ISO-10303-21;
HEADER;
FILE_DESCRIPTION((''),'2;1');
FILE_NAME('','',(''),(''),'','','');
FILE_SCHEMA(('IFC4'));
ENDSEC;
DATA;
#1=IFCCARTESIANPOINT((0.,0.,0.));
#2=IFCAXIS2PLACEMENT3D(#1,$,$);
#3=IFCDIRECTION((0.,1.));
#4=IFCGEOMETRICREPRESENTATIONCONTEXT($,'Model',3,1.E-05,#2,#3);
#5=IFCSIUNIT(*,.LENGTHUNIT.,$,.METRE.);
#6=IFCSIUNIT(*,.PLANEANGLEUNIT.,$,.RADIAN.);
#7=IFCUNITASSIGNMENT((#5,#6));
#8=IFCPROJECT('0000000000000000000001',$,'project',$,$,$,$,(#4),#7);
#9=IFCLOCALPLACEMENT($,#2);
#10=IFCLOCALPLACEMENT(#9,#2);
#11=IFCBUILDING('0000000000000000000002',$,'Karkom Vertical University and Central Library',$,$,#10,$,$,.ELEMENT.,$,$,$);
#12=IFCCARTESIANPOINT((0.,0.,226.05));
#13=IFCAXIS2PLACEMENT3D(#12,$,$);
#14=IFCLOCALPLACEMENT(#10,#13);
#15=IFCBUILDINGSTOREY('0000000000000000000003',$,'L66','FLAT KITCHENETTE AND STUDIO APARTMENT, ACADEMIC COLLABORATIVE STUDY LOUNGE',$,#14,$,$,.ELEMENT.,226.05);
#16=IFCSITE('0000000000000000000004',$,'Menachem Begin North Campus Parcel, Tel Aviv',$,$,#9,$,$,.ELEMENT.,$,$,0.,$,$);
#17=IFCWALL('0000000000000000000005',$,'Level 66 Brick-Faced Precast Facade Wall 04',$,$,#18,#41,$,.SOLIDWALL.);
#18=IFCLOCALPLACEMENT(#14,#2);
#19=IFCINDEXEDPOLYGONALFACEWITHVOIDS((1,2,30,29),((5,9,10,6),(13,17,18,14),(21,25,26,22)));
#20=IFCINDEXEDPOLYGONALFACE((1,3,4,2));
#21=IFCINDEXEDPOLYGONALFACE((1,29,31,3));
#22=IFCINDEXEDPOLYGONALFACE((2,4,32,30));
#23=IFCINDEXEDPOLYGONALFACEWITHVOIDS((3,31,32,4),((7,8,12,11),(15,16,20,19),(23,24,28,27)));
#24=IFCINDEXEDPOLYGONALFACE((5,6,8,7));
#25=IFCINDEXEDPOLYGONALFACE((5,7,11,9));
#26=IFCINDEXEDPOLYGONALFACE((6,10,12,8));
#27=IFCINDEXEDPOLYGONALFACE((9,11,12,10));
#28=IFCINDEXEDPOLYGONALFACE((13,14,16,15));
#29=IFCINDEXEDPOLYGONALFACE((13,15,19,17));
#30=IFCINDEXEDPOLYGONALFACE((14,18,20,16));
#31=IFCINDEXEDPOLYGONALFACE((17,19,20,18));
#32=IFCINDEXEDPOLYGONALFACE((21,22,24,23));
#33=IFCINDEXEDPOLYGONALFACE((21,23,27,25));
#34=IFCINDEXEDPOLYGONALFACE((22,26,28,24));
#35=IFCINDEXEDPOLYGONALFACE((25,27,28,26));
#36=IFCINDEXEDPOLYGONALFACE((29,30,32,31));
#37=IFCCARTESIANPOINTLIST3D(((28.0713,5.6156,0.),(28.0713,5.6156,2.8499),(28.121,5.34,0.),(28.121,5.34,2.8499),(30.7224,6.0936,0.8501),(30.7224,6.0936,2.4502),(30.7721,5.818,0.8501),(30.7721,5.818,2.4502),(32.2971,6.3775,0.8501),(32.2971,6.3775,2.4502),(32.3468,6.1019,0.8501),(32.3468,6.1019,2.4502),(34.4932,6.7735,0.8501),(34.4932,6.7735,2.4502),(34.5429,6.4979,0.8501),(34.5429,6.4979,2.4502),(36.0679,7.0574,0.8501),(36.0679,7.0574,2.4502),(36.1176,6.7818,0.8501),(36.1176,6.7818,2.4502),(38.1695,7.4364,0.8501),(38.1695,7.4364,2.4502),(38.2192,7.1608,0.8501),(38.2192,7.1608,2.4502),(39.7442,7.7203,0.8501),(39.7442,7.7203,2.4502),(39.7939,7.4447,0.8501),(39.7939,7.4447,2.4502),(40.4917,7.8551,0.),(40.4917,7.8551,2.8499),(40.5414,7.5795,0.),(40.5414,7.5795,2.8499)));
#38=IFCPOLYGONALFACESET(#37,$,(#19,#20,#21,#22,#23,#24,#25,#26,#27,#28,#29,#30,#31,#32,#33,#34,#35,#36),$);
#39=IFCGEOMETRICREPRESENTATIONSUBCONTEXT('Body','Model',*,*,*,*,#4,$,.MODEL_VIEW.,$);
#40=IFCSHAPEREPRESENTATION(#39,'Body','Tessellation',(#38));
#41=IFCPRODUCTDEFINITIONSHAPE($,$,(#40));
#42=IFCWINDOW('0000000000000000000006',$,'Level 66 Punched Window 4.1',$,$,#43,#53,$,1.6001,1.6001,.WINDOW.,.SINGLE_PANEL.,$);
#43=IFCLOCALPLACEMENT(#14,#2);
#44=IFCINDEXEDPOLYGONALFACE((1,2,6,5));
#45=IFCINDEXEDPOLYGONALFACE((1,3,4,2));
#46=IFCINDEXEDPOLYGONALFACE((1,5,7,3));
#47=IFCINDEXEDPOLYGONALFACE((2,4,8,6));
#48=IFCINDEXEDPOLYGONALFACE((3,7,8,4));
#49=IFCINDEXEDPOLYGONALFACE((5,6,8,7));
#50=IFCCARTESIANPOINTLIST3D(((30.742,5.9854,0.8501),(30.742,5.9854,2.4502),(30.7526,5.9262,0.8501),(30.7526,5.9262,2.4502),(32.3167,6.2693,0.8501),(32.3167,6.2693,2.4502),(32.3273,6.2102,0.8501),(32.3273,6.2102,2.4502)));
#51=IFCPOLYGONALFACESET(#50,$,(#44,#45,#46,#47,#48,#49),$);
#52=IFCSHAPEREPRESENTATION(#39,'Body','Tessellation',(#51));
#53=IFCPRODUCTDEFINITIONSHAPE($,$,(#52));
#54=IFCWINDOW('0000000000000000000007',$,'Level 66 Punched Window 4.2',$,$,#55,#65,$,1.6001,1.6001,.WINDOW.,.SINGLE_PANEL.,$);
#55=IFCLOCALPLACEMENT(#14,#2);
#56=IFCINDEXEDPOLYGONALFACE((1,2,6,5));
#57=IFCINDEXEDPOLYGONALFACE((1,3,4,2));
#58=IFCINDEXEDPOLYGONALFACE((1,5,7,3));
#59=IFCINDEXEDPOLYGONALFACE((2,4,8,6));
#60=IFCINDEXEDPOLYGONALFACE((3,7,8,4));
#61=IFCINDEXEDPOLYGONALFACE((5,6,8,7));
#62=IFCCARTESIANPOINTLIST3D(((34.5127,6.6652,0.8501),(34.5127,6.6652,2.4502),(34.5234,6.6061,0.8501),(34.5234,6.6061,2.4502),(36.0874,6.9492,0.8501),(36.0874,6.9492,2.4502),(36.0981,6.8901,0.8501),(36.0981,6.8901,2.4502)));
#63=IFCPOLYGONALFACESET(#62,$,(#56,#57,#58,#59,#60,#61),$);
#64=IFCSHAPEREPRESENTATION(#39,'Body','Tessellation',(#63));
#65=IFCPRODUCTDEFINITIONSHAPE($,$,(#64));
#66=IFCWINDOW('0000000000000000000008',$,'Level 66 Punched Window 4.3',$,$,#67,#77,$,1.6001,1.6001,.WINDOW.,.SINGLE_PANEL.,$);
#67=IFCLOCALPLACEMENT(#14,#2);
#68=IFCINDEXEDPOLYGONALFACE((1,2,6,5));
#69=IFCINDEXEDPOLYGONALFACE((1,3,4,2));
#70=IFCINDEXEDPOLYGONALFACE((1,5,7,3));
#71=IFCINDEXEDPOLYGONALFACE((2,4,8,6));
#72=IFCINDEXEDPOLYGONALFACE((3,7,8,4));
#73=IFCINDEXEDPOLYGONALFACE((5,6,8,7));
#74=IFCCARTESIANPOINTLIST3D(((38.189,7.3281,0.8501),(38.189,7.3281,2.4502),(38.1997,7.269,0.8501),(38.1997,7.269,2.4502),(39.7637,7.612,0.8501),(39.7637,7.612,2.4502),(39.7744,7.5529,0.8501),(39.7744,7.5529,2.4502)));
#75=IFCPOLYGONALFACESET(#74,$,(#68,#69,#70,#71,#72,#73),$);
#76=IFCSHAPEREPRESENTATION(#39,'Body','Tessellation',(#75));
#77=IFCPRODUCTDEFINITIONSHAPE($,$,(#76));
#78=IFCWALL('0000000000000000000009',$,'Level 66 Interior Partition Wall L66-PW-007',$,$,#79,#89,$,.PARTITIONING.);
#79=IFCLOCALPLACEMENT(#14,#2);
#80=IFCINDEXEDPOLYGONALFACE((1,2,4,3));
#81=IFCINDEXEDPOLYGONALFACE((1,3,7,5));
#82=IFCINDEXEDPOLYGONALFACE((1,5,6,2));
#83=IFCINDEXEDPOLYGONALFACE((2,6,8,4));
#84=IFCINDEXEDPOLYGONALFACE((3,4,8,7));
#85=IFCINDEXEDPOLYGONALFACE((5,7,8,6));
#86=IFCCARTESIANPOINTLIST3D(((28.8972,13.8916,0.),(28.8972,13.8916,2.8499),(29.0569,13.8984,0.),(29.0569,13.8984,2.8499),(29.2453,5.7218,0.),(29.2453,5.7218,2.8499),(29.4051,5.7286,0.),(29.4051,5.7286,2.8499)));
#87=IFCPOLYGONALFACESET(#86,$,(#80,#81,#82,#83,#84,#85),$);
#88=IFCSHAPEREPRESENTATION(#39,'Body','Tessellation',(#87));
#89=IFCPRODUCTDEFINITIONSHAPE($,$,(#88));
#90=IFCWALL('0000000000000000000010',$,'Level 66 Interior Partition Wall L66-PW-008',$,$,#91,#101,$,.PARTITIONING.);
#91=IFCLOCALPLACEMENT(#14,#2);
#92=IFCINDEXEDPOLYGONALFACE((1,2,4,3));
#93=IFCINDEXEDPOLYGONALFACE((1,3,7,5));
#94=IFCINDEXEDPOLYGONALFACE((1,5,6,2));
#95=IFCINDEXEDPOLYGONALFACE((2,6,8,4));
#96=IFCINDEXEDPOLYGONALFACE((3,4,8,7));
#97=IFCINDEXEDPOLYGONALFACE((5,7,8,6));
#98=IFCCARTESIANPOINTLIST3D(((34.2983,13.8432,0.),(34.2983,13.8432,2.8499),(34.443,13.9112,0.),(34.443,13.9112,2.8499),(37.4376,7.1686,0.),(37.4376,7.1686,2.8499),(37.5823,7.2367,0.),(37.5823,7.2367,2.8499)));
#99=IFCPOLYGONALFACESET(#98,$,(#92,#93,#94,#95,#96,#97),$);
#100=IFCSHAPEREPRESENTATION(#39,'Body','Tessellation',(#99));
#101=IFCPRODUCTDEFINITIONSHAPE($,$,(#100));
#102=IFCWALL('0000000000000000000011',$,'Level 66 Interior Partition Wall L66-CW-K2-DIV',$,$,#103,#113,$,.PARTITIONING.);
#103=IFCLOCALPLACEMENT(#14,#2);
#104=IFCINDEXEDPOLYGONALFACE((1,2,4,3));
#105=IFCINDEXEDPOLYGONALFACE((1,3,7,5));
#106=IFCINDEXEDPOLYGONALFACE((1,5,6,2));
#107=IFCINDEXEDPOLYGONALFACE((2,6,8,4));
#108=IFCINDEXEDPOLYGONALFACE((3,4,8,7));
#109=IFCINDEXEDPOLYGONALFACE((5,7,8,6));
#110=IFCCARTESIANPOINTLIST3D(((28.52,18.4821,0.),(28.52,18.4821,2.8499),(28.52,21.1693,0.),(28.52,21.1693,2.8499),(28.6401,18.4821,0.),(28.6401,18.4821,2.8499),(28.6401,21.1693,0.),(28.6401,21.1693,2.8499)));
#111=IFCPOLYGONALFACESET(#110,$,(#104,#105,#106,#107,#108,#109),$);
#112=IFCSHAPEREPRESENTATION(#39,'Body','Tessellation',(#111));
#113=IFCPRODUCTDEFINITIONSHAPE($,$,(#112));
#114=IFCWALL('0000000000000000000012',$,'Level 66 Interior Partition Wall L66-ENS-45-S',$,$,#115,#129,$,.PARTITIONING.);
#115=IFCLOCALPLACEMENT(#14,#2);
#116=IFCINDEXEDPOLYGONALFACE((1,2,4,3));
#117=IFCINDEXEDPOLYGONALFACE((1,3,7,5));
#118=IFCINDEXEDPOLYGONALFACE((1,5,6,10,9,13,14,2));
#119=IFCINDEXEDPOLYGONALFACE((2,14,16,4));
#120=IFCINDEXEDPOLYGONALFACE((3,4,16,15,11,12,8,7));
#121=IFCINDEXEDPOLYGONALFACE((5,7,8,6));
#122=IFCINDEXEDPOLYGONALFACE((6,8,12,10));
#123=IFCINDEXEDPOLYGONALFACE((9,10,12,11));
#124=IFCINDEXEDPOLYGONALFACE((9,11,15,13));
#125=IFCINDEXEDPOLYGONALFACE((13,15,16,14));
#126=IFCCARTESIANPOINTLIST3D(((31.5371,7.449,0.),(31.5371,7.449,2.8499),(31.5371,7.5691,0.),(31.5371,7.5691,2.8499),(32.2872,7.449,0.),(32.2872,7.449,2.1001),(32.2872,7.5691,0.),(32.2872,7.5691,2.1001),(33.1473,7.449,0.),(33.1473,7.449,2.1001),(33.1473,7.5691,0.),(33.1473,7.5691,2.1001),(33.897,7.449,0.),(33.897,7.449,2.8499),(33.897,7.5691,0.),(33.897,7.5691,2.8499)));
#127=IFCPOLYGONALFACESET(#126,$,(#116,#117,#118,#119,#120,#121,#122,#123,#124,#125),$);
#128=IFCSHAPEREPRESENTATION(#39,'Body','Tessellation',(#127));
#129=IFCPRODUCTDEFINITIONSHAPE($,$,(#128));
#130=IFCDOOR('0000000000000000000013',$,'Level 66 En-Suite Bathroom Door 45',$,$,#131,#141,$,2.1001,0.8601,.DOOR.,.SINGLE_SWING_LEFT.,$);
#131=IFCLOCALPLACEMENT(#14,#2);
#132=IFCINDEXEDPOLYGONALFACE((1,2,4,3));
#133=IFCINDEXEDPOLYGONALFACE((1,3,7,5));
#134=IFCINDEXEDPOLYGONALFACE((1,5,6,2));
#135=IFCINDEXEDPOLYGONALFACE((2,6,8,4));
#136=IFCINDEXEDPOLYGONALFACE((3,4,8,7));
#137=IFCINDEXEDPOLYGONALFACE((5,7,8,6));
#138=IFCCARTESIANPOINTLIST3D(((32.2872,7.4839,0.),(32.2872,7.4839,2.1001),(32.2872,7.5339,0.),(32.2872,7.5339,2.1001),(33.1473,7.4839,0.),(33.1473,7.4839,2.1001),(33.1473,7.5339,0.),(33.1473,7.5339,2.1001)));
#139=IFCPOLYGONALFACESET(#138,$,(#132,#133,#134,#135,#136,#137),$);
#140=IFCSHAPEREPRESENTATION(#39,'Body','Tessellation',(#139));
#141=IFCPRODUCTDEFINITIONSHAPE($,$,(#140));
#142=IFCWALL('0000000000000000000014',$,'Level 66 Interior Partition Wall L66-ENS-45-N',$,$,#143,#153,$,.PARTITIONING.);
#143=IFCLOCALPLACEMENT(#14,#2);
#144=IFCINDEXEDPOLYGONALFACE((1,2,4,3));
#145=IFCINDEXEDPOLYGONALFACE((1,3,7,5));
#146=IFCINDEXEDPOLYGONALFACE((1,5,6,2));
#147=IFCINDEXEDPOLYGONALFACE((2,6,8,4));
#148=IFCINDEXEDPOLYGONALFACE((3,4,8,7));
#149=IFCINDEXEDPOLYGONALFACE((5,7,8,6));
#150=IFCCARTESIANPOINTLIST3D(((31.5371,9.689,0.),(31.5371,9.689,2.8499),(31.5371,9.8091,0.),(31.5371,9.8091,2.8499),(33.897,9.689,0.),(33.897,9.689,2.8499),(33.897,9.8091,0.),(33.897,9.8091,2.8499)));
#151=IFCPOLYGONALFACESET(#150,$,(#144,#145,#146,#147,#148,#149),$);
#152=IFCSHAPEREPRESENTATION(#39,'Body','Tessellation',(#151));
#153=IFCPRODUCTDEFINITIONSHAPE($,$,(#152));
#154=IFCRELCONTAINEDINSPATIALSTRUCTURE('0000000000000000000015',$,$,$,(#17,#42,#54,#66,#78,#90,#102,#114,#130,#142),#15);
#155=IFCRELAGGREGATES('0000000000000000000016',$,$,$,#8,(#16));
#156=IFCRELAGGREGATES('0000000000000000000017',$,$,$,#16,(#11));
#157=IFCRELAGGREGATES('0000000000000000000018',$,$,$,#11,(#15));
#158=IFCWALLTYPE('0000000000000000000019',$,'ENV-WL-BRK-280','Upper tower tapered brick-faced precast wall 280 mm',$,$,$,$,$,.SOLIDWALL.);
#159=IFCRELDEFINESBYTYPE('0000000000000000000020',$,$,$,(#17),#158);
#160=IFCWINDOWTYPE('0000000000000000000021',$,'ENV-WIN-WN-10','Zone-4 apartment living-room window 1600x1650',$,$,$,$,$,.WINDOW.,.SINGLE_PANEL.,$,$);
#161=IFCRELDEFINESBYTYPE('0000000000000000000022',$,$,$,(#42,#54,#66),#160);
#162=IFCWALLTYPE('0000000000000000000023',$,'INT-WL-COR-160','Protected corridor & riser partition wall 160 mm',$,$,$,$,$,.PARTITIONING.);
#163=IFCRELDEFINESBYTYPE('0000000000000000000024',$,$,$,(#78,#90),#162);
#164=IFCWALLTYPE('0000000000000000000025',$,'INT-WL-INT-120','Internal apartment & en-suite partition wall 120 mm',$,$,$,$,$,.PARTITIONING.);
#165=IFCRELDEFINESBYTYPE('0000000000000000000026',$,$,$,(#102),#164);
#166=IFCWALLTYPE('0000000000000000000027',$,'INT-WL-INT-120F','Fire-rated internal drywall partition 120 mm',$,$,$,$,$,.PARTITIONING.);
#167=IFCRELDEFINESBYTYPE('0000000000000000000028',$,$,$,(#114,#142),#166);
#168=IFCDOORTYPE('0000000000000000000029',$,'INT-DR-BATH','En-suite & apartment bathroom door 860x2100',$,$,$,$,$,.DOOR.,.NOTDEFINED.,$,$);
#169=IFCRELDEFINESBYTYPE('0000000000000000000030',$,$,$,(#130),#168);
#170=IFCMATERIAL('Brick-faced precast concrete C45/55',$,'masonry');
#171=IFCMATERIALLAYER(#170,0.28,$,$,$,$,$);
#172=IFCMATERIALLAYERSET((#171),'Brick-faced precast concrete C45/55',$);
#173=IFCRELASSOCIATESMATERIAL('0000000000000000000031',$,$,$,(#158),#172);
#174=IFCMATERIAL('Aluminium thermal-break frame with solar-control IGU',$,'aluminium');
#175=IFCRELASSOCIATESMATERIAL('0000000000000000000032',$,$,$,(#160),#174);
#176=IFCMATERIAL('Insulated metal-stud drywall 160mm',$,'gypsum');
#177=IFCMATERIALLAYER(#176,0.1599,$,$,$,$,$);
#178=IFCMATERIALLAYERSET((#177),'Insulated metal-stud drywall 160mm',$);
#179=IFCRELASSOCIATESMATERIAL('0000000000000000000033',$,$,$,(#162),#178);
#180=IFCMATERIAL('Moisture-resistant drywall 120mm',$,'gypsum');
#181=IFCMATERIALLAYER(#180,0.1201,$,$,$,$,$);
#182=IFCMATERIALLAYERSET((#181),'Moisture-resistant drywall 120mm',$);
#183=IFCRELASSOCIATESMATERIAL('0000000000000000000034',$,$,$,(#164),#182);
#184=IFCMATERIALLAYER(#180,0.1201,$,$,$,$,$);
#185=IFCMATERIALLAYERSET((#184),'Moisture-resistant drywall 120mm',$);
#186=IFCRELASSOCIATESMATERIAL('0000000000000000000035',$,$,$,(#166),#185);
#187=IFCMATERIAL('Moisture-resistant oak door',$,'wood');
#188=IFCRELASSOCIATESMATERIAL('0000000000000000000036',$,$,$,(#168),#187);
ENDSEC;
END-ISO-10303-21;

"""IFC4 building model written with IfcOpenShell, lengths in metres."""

from ifc_helpers import new_model, si_unit, direction, frame, frame_2d, origin, origin_with_axes, place, context, subcontext, project, spatial, rectangle, extrude, source, transform, mapped, material, layer, layer_set, type_object, element, fill, save


model = new_model("IFC4")

# Units and contexts
model_context = context("Model", 3, precision=1e-05, world=origin(), true_north=direction((0.0, 1.0)))
body_context = subcontext(model_context, "Body", "Model", "MODEL_VIEW")
ifc_project = project(units=[si_unit("LENGTHUNIT", "METRE"), si_unit("PLANEANGLEUNIT", "RADIAN")], contexts=[model_context])

# Site, building, storey
site_placement = place(None, origin())
site = spatial("IfcSite", under=ifc_project, at=site_placement, Name="Menachem Begin North Campus Parcel, Tel Aviv", CompositionType="ELEMENT", RefElevation=0.0)
building_placement = place(site_placement, origin())
building = spatial("IfcBuilding", under=site, at=building_placement, Name="Karkom Vertical University and Central Library", CompositionType="ELEMENT")
storey_placement = place(building_placement, frame((0.0, 0.0, 226.05)))
storey = spatial("IfcBuildingStorey", under=building, at=storey_placement, Name="L66", Description="FLAT KITCHENETTE AND STUDIO APARTMENT, ACADEMIC COLLABORATIVE STUDY LOUNGE", CompositionType="ELEMENT", Elevation=226.05)

# Wall, openings, windows
ifc_material_1 = material(Name="Brick-faced precast concrete C45/55", Category="masonry")
ifc_layer_1 = layer(ifc_material_1, 0.28)
ifc_layer_set_1 = layer_set([ifc_layer_1], Name="Brick-faced precast concrete C45/55")
wall_type_1 = type_object("IfcWallType", Name="ENV-WL-BRK-280", Description="Upper tower tapered brick-faced precast wall 280 mm", PredefinedType="SOLIDWALL", material=ifc_layer_set_1)
wall_1_placement = place(storey_placement, frame((28.0962, 5.4778, 0.0), z_axis=(0.0, 0.0, 1.0), x_axis=(0.98413, 0.177447, 0.0)))
wall_1 = element("IfcWall", 1, at=wall_1_placement, inside=storey, type_object=wall_type_1, Name="Level 66 Brick-Faced Precast Facade Wall 04", PredefinedType="SOLIDWALL", context=body_context, shape_type="SweptSolid", body=[
    extrude(rectangle(XDim=12.6206, YDim=0.28, at=frame_2d((6.3103, 0.0))), origin(), (0.0, 0.0, 1.0), 2.8499),
])
opening_1_placement = place(wall_1_placement, frame((2.6938, 0.0, 0.8501)))
opening_1 = element("IfcOpeningElement", 2, at=opening_1_placement, cuts=wall_1, PredefinedType="OPENING", context=body_context, shape_type="SweptSolid", body=[
    extrude(rectangle(XDim=1.6001, YDim=1.6001, at=frame_2d((0.8, 0.8))), frame((0.0, 0.1499, 0.0), z_axis=(0.0, -1.0, 0.0), x_axis=(1.0, 0.0, 0.0)), (0.0, 0.0, 1.0), 0.3),
])
opening_2_placement = place(wall_1_placement, frame((6.5254, 0.0, 0.8501)))
opening_2 = element("IfcOpeningElement", 3, at=opening_2_placement, cuts=wall_1, PredefinedType="OPENING", context=body_context, shape_type="SweptSolid", body=[
    extrude(rectangle(XDim=1.6001, YDim=1.6001, at=frame_2d((0.8, 0.8))), frame((0.0, 0.1499, 0.0), z_axis=(0.0, -1.0, 0.0), x_axis=(1.0, 0.0, 0.0)), (0.0, 0.0, 1.0), 0.3),
])
opening_3_placement = place(wall_1_placement, frame((10.261, 0.0, 0.8501)))
opening_3 = element("IfcOpeningElement", 4, at=opening_3_placement, cuts=wall_1, PredefinedType="OPENING", context=body_context, shape_type="SweptSolid", body=[
    extrude(rectangle(XDim=1.6001, YDim=1.6001, at=frame_2d((0.8, 0.8))), frame((0.0, 0.1499, 0.0), z_axis=(0.0, -1.0, 0.0), x_axis=(1.0, 0.0, 0.0)), (0.0, 0.0, 1.0), 0.3),
])
ifc_material_2 = material(Name="Aluminium thermal-break frame with solar-control IGU", Category="aluminium")
window_type = type_object("IfcWindowType", Name="ENV-WIN-WN-10", Description="Zone-4 apartment living-room window 1600x1650", PartitioningType="SINGLE_PANEL", PredefinedType="WINDOW", material=ifc_material_2)
shared_shape_1 = source(origin_with_axes(), body_context, "Body", "SweptSolid", [
    extrude(rectangle(XDim=1.6001, YDim=1.6001, at=frame_2d((0.8, 0.8))), frame((0.0, 0.03, 0.0), z_axis=(0.0, -1.0, 0.0), x_axis=(1.0, 0.0, 0.0)), (0.0, 0.0, 1.0), 0.0601),
])
window_1_placement = place(opening_1_placement, origin())
window_1 = element("IfcWindow", 5, at=window_1_placement, inside=storey, type_object=window_type, Name="Level 66 Punched Window 4.1", OverallHeight=1.6001, OverallWidth=1.6001, PartitioningType="SINGLE_PANEL", PredefinedType="WINDOW", context=body_context, shape_type="MappedRepresentation", body=[
    mapped(shared_shape_1, transform((0.0, 0.0, 0.0), scale=1.0)),
])
fill(opening_1, window_1)
window_2_placement = place(opening_2_placement, origin())
window_2 = element("IfcWindow", 6, at=window_2_placement, inside=storey, type_object=window_type, Name="Level 66 Punched Window 4.2", OverallHeight=1.6001, OverallWidth=1.6001, PartitioningType="SINGLE_PANEL", PredefinedType="WINDOW", context=body_context, shape_type="MappedRepresentation", body=[
    mapped(shared_shape_1, transform((0.0, 0.0, 0.0), scale=1.0)),
])
fill(opening_2, window_2)
window_3_placement = place(opening_3_placement, origin())
window_3 = element("IfcWindow", 7, at=window_3_placement, inside=storey, type_object=window_type, Name="Level 66 Punched Window 4.3", OverallHeight=1.6001, OverallWidth=1.6001, PartitioningType="SINGLE_PANEL", PredefinedType="WINDOW", context=body_context, shape_type="MappedRepresentation", body=[
    mapped(shared_shape_1, transform((0.0, 0.0, 0.0), scale=1.0)),
])
fill(opening_3, window_3)

# Walls
ifc_material_3 = material(Name="Insulated metal-stud drywall 160mm", Category="gypsum")
ifc_layer_2 = layer(ifc_material_3, 0.1599)
ifc_layer_set_2 = layer_set([ifc_layer_2], Name="Insulated metal-stud drywall 160mm")
wall_type_2 = type_object("IfcWallType", Name="INT-WL-COR-160", Description="Protected corridor & riser partition wall 160 mm", PredefinedType="PARTITIONING", material=ifc_layer_set_2)
wall_2_placement = place(storey_placement, frame((28.9771, 13.895, 0.0), z_axis=(0.0, 0.0, 1.0), x_axis=(0.042574, -0.999093, 0.0)))
element("IfcWall", 8, at=wall_2_placement, inside=storey, type_object=wall_type_2, Name="Level 66 Interior Partition Wall L66-PW-007", PredefinedType="PARTITIONING", context=body_context, shape_type="SweptSolid", body=[
    extrude(rectangle(XDim=8.1772, YDim=0.1599, at=frame_2d((4.0886, 0.0))), origin(), (0.0, 0.0, 1.0), 2.8499),
])
wall_3_placement = place(storey_placement, frame((34.3706, 13.8772, 0.0), z_axis=(0.0, 0.0, 1.0), x_axis=(0.425623, -0.9049, 0.0)))
element("IfcWall", 9, at=wall_3_placement, inside=storey, type_object=wall_type_2, Name="Level 66 Interior Partition Wall L66-PW-008", PredefinedType="PARTITIONING", context=body_context, shape_type="SweptSolid", body=[
    extrude(rectangle(XDim=7.376, YDim=0.1599, at=frame_2d((3.688, 0.0))), origin(), (0.0, 0.0, 1.0), 2.8499),
])
ifc_material_4 = material(Name="Moisture-resistant drywall 120mm", Category="gypsum")
ifc_layer_3 = layer(ifc_material_4, 0.1201)
ifc_layer_set_3 = layer_set([ifc_layer_3], Name="Moisture-resistant drywall 120mm")
wall_type_3 = type_object("IfcWallType", Name="INT-WL-INT-120", Description="Internal apartment & en-suite partition wall 120 mm", PredefinedType="PARTITIONING", material=ifc_layer_set_3)
wall_4_placement = place(storey_placement, frame((28.5801, 18.4819, 0.0), z_axis=(0.0, 0.0, 1.0), x_axis=(0.0, 1.0, 0.0)))
element("IfcWall", 10, at=wall_4_placement, inside=storey, type_object=wall_type_3, Name="Level 66 Interior Partition Wall L66-CW-K2-DIV", PredefinedType="PARTITIONING", context=body_context, shape_type="SweptSolid", body=[
    extrude(rectangle(XDim=2.6873, YDim=0.1201, at=frame_2d((1.3438, 0.0))), origin(), (0.0, 0.0, 1.0), 2.8499),
])

# Wall, opening, door
ifc_layer_4 = layer(ifc_material_4, 0.1201)
ifc_layer_set_4 = layer_set([ifc_layer_4], Name="Moisture-resistant drywall 120mm")
wall_type_4 = type_object("IfcWallType", Name="INT-WL-INT-120F", Description="Fire-rated internal drywall partition 120 mm", PredefinedType="PARTITIONING", material=ifc_layer_set_4)
wall_5_placement = place(storey_placement, frame((31.5371, 7.509, 0.0), z_axis=(0.0, 0.0, 1.0), x_axis=(1.0, 0.0, 0.0)))
wall_5 = element("IfcWall", 11, at=wall_5_placement, inside=storey, type_object=wall_type_4, Name="Level 66 Interior Partition Wall L66-ENS-45-S", PredefinedType="PARTITIONING", context=body_context, shape_type="SweptSolid", body=[
    extrude(rectangle(XDim=2.3599, YDim=0.1201, at=frame_2d((1.1799, 0.0))), origin(), (0.0, 0.0, 1.0), 2.8499),
])
opening_4_placement = place(wall_5_placement, frame((0.75, 0.0, 0.0)))
opening_4 = element("IfcOpeningElement", 12, at=opening_4_placement, cuts=wall_5, PredefinedType="OPENING", context=body_context, shape_type="SweptSolid", body=[
    extrude(rectangle(XDim=0.8601, YDim=2.1001, at=frame_2d((0.4302, 1.05))), frame((0.0, 0.0701, 0.0), z_axis=(0.0, -1.0, 0.0), x_axis=(1.0, 0.0, 0.0)), (0.0, 0.0, 1.0), 0.1401),
])
ifc_material_5 = material(Name="Moisture-resistant oak door", Category="wood")
door_type_1 = type_object("IfcDoorType", Name="INT-DR-BATH", Description="En-suite & apartment bathroom door 860x2100", OperationType="NOTDEFINED", PredefinedType="DOOR", material=ifc_material_5)
shared_shape_2 = source(origin_with_axes(), body_context, "Body", "SweptSolid", [
    extrude(rectangle(XDim=0.8601, YDim=2.1001, at=frame_2d((0.4302, 1.05))), frame((0.0, 0.0249, 0.0), z_axis=(0.0, -1.0, 0.0), x_axis=(1.0, 0.0, 0.0)), (0.0, 0.0, 1.0), 0.05),
])
door_1_placement = place(opening_4_placement, origin())
door_1 = element("IfcDoor", 13, at=door_1_placement, inside=storey, type_object=door_type_1, Name="Level 66 En-Suite Bathroom Door 45", OperationType="SINGLE_SWING_LEFT", OverallHeight=2.1001, OverallWidth=0.8601, PredefinedType="DOOR", context=body_context, shape_type="MappedRepresentation", body=[
    mapped(shared_shape_2, transform((0.0, 0.0, 0.0), scale=1.0)),
])
fill(opening_4, door_1)

# Wall
wall_6_placement = place(storey_placement, frame((33.897, 9.749, 0.0), z_axis=(0.0, 0.0, 1.0), x_axis=(-1.0, 0.0, 0.0)))
element("IfcWall", 14, at=wall_6_placement, inside=storey, type_object=wall_type_4, Name="Level 66 Interior Partition Wall L66-ENS-45-N", PredefinedType="PARTITIONING", context=body_context, shape_type="SweptSolid", body=[
    extrude(rectangle(XDim=2.3599, YDim=0.1201, at=frame_2d((1.1799, 0.0))), origin(), (0.0, 0.0, 1.0), 2.8499),
])

save(model, "model.ifc")
